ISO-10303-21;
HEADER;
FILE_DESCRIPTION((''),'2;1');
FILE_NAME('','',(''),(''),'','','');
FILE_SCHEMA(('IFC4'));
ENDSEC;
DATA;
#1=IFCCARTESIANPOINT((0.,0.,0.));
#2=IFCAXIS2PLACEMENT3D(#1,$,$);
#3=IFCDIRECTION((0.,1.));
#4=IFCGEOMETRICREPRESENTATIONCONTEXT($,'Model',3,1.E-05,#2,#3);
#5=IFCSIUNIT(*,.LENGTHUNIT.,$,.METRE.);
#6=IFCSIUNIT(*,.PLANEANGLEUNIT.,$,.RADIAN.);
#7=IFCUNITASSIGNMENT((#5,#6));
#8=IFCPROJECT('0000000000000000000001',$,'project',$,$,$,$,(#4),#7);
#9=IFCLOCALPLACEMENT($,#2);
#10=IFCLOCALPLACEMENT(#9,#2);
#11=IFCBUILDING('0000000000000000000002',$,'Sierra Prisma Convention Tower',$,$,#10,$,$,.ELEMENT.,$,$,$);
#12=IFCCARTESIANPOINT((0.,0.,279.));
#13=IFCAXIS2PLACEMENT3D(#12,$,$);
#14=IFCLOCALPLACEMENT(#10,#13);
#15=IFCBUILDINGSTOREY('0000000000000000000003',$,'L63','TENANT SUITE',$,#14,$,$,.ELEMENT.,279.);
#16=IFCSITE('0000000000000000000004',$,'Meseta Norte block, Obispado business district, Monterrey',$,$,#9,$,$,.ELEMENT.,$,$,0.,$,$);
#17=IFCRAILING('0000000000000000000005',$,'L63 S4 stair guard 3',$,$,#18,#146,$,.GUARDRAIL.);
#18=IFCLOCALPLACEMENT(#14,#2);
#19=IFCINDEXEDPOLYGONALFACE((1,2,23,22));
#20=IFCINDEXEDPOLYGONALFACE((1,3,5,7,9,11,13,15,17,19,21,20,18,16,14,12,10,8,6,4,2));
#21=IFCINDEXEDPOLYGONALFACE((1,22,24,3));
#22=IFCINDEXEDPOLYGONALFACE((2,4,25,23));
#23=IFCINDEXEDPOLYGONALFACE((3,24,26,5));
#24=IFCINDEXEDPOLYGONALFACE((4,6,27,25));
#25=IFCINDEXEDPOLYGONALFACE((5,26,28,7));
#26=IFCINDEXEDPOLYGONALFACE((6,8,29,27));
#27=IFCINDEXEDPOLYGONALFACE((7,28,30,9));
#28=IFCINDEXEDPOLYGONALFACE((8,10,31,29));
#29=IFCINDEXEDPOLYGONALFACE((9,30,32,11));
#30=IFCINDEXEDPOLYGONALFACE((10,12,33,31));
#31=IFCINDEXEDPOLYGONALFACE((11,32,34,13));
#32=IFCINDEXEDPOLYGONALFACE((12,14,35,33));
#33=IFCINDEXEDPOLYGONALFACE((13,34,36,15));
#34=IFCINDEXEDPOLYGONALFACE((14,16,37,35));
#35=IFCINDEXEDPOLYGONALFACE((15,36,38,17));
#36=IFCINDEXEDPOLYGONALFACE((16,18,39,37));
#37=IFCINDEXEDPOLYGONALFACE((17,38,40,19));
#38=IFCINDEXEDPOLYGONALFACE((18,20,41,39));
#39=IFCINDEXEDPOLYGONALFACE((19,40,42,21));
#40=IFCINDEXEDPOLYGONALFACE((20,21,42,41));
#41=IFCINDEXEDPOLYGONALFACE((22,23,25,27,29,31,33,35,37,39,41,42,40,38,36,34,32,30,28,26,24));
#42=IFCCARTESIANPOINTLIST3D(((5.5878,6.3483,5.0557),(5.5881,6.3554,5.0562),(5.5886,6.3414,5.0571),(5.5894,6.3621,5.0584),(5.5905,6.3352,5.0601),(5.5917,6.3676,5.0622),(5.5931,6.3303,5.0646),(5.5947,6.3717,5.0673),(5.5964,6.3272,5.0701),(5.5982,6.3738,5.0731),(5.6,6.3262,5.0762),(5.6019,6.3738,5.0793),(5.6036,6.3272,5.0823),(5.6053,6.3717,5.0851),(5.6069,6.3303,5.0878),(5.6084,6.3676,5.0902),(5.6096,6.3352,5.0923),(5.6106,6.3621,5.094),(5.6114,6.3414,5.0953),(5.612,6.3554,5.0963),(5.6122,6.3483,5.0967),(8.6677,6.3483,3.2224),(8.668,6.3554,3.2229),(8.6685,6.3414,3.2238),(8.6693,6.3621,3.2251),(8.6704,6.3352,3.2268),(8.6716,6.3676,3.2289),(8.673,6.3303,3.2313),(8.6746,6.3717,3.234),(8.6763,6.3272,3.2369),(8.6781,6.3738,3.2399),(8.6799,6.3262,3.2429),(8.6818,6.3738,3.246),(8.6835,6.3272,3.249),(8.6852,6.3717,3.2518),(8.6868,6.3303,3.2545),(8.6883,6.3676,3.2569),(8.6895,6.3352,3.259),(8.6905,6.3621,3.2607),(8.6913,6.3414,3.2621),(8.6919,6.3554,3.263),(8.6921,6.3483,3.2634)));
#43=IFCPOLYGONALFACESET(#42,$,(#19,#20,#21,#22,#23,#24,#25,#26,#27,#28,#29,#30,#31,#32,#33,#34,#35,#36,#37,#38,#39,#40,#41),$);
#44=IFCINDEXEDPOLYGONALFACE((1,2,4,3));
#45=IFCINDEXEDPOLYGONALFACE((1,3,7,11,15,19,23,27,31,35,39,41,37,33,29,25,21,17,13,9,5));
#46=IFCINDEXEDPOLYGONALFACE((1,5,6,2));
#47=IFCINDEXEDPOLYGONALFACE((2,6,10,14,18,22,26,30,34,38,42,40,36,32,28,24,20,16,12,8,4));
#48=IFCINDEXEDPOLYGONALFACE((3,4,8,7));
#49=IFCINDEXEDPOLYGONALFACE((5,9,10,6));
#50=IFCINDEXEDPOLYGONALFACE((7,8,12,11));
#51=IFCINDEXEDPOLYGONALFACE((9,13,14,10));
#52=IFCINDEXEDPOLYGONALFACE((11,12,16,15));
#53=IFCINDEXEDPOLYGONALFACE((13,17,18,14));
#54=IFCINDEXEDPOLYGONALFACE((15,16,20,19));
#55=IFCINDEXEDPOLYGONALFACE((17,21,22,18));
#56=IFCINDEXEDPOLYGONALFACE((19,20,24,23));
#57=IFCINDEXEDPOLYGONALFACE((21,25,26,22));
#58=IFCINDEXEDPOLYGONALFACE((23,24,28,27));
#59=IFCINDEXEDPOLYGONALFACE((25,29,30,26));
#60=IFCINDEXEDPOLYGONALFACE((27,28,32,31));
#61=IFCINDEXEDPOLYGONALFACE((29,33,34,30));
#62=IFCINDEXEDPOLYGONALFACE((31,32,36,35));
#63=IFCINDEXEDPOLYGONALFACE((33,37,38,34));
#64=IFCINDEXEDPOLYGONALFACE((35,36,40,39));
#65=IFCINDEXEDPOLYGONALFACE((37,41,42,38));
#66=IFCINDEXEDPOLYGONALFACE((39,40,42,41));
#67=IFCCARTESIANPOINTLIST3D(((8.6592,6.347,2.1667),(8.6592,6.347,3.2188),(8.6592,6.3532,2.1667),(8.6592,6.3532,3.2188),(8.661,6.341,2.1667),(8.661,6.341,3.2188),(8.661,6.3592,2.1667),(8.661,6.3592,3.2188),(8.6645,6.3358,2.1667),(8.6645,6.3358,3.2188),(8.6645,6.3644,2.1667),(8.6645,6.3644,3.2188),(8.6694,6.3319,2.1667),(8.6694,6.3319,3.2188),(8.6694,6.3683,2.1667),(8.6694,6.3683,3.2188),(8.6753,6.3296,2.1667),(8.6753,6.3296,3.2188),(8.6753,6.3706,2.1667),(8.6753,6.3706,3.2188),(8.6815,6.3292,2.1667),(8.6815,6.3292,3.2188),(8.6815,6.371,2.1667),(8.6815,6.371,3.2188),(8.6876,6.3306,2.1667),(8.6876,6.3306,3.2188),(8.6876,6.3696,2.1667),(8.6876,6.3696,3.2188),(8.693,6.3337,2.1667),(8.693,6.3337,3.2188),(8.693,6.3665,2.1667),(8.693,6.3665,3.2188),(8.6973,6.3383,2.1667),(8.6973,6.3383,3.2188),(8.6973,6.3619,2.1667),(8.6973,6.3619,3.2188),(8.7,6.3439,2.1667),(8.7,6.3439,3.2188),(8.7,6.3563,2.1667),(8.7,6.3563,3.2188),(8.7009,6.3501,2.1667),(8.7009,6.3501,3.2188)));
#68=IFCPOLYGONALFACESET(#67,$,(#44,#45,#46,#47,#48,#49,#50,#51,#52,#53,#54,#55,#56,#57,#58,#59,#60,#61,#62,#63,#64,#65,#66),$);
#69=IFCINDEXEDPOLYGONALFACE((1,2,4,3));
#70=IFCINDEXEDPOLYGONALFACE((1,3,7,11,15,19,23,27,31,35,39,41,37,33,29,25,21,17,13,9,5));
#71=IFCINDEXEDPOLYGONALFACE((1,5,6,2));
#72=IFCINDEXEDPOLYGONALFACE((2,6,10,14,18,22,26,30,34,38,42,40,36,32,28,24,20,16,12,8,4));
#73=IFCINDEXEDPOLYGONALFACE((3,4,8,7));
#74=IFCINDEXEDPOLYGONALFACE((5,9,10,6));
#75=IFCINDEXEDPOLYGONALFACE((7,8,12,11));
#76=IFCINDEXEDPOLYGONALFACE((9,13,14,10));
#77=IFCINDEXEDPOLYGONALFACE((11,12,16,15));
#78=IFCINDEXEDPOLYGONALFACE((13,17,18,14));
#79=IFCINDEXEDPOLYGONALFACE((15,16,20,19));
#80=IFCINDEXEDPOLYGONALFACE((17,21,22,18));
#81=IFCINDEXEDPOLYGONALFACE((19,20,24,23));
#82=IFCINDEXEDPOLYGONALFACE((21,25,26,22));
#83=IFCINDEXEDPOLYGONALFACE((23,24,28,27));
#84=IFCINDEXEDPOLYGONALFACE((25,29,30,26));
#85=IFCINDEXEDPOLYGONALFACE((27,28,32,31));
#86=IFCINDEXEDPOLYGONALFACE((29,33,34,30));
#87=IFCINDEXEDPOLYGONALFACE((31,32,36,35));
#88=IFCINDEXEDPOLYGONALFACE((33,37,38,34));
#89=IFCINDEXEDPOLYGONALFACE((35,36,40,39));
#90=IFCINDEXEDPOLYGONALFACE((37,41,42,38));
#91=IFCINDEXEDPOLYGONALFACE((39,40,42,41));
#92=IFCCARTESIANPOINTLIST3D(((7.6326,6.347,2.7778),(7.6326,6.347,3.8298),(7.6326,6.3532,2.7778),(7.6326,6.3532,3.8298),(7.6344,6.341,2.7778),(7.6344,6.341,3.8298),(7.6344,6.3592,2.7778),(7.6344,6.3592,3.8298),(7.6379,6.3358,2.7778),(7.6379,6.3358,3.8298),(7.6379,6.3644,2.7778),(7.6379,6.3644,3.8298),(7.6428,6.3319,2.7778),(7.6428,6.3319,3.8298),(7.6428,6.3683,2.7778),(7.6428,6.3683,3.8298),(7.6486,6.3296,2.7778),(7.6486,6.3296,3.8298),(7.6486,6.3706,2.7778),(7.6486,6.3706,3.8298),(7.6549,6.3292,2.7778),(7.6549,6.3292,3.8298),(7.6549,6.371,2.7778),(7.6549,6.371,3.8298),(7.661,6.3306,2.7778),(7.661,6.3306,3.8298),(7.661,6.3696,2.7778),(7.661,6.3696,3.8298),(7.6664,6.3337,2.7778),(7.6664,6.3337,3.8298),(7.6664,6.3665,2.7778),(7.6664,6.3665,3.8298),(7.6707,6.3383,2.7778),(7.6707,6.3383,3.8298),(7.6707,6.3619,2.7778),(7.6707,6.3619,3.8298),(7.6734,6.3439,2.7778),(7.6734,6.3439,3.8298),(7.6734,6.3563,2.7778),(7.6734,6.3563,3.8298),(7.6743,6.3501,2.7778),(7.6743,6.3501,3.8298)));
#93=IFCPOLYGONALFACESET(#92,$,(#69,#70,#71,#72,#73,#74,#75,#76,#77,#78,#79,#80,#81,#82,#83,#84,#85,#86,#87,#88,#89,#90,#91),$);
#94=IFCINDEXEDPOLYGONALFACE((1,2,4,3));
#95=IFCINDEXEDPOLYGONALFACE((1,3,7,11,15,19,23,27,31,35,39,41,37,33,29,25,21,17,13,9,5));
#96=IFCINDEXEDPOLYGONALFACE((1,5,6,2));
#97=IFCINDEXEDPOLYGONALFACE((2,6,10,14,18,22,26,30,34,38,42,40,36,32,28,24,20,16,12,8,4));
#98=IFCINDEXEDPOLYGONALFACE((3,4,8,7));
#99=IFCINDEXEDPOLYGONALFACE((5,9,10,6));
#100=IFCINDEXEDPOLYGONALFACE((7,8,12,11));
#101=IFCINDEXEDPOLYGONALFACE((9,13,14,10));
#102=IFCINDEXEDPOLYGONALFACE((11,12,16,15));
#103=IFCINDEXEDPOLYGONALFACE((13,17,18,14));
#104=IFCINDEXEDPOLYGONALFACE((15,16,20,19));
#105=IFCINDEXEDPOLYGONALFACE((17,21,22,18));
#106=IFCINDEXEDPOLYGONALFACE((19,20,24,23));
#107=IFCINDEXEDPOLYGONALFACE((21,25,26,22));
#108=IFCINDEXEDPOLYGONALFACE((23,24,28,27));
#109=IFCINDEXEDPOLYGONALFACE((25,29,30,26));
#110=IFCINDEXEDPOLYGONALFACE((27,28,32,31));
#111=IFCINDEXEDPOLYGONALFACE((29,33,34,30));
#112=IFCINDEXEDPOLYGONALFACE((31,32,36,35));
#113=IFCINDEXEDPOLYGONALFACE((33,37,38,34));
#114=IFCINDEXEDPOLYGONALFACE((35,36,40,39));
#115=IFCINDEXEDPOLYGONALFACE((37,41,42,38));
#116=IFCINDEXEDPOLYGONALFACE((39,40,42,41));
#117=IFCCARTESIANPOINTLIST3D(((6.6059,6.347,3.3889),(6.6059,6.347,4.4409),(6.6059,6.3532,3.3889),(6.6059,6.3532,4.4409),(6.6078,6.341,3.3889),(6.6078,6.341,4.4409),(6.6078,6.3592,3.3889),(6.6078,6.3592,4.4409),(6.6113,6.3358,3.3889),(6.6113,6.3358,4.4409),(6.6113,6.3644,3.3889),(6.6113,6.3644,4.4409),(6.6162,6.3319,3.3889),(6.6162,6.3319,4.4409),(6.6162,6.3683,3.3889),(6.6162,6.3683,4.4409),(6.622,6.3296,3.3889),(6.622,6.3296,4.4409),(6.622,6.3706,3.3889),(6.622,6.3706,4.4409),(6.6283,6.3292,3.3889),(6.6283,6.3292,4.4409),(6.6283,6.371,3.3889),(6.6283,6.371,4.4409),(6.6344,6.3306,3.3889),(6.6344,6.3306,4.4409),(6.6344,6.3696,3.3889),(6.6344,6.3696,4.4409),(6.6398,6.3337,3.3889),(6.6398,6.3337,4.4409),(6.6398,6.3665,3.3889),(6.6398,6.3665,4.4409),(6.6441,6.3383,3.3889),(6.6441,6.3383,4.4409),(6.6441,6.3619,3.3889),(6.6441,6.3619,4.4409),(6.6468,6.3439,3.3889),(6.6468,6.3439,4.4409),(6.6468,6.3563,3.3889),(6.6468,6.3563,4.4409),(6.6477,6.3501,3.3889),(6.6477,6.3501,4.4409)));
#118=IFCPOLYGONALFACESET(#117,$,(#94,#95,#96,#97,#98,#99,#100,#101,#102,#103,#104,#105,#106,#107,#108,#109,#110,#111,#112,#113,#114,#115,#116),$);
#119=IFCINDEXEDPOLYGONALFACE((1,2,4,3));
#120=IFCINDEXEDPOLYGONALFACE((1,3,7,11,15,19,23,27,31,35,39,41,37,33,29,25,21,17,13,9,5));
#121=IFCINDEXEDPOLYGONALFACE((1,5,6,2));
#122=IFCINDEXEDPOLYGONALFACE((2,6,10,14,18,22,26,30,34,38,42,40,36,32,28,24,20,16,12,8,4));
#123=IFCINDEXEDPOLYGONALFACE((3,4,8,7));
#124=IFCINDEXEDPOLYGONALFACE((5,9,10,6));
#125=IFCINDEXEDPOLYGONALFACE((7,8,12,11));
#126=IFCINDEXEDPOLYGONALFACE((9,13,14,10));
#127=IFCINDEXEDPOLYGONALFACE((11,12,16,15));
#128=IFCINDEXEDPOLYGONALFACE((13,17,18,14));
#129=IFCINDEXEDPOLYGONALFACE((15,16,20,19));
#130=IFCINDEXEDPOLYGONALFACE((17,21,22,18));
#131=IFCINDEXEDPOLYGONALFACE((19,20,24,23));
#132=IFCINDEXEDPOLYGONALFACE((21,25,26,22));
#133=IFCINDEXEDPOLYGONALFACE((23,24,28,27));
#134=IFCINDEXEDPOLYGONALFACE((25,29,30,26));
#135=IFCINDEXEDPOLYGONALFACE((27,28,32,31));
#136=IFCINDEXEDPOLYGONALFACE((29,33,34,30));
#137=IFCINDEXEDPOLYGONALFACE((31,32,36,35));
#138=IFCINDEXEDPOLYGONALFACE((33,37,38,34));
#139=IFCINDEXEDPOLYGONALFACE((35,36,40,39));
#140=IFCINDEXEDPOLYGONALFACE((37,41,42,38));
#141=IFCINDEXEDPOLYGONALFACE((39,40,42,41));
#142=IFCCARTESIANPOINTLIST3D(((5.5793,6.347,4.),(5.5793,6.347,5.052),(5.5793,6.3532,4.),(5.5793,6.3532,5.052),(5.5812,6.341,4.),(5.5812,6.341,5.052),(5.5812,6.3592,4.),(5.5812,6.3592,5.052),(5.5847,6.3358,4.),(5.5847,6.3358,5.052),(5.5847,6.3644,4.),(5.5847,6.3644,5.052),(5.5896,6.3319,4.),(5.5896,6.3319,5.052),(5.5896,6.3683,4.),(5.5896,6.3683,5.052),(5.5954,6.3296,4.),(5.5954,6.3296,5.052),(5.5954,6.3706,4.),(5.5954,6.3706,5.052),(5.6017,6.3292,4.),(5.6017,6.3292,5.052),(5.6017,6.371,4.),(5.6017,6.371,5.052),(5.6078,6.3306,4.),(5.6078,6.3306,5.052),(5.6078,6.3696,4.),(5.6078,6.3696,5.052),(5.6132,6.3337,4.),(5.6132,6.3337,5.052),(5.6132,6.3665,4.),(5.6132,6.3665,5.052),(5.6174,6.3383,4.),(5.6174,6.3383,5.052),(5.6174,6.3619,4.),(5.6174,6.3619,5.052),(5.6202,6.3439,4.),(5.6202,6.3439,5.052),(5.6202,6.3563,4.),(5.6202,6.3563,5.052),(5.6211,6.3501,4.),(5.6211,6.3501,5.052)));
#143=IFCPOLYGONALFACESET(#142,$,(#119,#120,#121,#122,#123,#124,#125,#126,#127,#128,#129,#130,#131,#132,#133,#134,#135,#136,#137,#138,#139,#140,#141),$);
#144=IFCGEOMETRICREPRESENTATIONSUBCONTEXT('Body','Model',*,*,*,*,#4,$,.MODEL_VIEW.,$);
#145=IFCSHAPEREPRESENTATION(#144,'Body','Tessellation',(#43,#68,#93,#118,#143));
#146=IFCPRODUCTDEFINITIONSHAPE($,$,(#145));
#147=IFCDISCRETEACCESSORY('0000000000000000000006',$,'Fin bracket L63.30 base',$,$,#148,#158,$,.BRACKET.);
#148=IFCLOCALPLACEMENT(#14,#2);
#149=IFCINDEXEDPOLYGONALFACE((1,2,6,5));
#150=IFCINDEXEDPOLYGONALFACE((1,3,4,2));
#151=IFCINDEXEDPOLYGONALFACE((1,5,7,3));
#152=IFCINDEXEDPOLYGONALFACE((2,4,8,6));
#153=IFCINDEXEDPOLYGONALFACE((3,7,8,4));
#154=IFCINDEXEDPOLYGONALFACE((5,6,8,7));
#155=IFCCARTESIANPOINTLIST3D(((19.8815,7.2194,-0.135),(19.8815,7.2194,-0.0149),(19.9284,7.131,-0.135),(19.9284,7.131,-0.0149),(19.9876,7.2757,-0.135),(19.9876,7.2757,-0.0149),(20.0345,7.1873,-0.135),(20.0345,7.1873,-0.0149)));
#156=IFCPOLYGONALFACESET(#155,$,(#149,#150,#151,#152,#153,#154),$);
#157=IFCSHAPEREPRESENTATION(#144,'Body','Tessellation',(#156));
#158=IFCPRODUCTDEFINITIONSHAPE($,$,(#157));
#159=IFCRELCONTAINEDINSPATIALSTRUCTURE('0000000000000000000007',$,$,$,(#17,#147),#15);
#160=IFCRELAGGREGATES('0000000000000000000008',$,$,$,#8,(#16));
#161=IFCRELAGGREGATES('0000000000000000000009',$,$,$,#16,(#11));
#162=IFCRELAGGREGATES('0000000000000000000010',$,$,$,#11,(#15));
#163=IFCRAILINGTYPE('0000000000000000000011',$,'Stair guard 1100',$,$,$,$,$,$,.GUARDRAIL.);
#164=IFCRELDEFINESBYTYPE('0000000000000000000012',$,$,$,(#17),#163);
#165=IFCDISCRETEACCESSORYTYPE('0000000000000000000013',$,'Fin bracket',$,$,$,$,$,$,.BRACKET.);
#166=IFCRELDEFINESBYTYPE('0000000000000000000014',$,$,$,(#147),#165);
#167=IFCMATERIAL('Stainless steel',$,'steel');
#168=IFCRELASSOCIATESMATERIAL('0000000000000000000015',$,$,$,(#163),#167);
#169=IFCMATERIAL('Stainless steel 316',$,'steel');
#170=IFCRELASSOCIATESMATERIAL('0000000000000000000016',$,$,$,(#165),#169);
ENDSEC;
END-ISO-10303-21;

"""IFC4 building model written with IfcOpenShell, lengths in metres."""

from ifc_helpers import new_model, si_unit, direction, frame, origin, origin_2d, place, context, subcontext, project, spatial, rectangle, circle, extrude, material, type_object, element, save


model = new_model("IFC4")

# Units and contexts
model_context = context("Model", 3, precision=1e-05, world=origin(), true_north=direction((0.0, 1.0)))
body_context = subcontext(model_context, "Body", "Model", "MODEL_VIEW")
ifc_project = project(units=[si_unit("LENGTHUNIT", "METRE"), si_unit("PLANEANGLEUNIT", "RADIAN")], contexts=[model_context])

# Site, building, storey
site_placement = place(None, origin())
site = spatial("IfcSite", under=ifc_project, at=site_placement, Name="Meseta Norte block, Obispado business district, Monterrey", CompositionType="ELEMENT", RefElevation=0.0)
building_placement = place(site_placement, origin())
building = spatial("IfcBuilding", under=site, at=building_placement, Name="Sierra Prisma Convention Tower", CompositionType="ELEMENT")
storey_placement = place(building_placement, frame((0.0, 0.0, 279.0)))
storey = spatial("IfcBuildingStorey", under=building, at=storey_placement, Name="L63", Description="TENANT SUITE", CompositionType="ELEMENT", Elevation=279.0)

# Railing
ifc_material_1 = material(Name="Stainless steel", Category="steel")
railing_type_1 = type_object("IfcRailingType", Name="Stair guard 1100", PredefinedType="GUARDRAIL", material=ifc_material_1)
railing_1_placement = place(storey_placement, frame((8.6799, 6.3501, 2.1667)))
element("IfcRailing", 1, at=railing_1_placement, inside=storey, type_object=railing_type_1, Name="L63 S4 stair guard 3", PredefinedType="GUARDRAIL", context=body_context, shape_type="SweptSolid", body=[
    extrude(circle(Radius=0.0239, at=origin_2d()), frame((0.0, 0.0, 1.0762), z_axis=(-0.859291, 0.0, 0.511487), x_axis=(0.0, -1.0, 0.0)), (0.0, 0.0, 1.0), 3.5842),
    extrude(circle(Radius=0.021, at=origin_2d()), origin(), (0.0, 0.0, 1.0), 1.052),
    extrude(circle(Radius=0.021, at=origin_2d()), frame((-1.0266, 0.0, 0.6111)), (0.0, 0.0, 1.0), 1.052),
    extrude(circle(Radius=0.021, at=origin_2d()), frame((-2.0532, 0.0, 1.2222)), (0.0, 0.0, 1.0), 1.052),
    extrude(circle(Radius=0.021, at=origin_2d()), frame((-3.0798, 0.0, 1.8333)), (0.0, 0.0, 1.0), 1.052),
])

# Discrete accessory
ifc_material_2 = material(Name="Stainless steel 316", Category="steel")
discrete_accessory_type = type_object("IfcDiscreteAccessoryType", Name="Fin bracket", PredefinedType="BRACKET", material=ifc_material_2)
discrete_accessory_placement = place(storey_placement, frame((19.958, 7.2034, -0.135), z_axis=(0.0, 0.0, 1.0), x_axis=(0.883387, 0.468645, 0.0)))
element("IfcDiscreteAccessory", 2, at=discrete_accessory_placement, inside=storey, type_object=discrete_accessory_type, Name="Fin bracket L63.30 base", PredefinedType="BRACKET", context=body_context, shape_type="SweptSolid", body=[
    extrude(rectangle(XDim=0.1201, YDim=0.1001, at=origin_2d()), origin(), (0.0, 0.0, 1.0), 0.1201),
])

save(model, "model.ifc")
